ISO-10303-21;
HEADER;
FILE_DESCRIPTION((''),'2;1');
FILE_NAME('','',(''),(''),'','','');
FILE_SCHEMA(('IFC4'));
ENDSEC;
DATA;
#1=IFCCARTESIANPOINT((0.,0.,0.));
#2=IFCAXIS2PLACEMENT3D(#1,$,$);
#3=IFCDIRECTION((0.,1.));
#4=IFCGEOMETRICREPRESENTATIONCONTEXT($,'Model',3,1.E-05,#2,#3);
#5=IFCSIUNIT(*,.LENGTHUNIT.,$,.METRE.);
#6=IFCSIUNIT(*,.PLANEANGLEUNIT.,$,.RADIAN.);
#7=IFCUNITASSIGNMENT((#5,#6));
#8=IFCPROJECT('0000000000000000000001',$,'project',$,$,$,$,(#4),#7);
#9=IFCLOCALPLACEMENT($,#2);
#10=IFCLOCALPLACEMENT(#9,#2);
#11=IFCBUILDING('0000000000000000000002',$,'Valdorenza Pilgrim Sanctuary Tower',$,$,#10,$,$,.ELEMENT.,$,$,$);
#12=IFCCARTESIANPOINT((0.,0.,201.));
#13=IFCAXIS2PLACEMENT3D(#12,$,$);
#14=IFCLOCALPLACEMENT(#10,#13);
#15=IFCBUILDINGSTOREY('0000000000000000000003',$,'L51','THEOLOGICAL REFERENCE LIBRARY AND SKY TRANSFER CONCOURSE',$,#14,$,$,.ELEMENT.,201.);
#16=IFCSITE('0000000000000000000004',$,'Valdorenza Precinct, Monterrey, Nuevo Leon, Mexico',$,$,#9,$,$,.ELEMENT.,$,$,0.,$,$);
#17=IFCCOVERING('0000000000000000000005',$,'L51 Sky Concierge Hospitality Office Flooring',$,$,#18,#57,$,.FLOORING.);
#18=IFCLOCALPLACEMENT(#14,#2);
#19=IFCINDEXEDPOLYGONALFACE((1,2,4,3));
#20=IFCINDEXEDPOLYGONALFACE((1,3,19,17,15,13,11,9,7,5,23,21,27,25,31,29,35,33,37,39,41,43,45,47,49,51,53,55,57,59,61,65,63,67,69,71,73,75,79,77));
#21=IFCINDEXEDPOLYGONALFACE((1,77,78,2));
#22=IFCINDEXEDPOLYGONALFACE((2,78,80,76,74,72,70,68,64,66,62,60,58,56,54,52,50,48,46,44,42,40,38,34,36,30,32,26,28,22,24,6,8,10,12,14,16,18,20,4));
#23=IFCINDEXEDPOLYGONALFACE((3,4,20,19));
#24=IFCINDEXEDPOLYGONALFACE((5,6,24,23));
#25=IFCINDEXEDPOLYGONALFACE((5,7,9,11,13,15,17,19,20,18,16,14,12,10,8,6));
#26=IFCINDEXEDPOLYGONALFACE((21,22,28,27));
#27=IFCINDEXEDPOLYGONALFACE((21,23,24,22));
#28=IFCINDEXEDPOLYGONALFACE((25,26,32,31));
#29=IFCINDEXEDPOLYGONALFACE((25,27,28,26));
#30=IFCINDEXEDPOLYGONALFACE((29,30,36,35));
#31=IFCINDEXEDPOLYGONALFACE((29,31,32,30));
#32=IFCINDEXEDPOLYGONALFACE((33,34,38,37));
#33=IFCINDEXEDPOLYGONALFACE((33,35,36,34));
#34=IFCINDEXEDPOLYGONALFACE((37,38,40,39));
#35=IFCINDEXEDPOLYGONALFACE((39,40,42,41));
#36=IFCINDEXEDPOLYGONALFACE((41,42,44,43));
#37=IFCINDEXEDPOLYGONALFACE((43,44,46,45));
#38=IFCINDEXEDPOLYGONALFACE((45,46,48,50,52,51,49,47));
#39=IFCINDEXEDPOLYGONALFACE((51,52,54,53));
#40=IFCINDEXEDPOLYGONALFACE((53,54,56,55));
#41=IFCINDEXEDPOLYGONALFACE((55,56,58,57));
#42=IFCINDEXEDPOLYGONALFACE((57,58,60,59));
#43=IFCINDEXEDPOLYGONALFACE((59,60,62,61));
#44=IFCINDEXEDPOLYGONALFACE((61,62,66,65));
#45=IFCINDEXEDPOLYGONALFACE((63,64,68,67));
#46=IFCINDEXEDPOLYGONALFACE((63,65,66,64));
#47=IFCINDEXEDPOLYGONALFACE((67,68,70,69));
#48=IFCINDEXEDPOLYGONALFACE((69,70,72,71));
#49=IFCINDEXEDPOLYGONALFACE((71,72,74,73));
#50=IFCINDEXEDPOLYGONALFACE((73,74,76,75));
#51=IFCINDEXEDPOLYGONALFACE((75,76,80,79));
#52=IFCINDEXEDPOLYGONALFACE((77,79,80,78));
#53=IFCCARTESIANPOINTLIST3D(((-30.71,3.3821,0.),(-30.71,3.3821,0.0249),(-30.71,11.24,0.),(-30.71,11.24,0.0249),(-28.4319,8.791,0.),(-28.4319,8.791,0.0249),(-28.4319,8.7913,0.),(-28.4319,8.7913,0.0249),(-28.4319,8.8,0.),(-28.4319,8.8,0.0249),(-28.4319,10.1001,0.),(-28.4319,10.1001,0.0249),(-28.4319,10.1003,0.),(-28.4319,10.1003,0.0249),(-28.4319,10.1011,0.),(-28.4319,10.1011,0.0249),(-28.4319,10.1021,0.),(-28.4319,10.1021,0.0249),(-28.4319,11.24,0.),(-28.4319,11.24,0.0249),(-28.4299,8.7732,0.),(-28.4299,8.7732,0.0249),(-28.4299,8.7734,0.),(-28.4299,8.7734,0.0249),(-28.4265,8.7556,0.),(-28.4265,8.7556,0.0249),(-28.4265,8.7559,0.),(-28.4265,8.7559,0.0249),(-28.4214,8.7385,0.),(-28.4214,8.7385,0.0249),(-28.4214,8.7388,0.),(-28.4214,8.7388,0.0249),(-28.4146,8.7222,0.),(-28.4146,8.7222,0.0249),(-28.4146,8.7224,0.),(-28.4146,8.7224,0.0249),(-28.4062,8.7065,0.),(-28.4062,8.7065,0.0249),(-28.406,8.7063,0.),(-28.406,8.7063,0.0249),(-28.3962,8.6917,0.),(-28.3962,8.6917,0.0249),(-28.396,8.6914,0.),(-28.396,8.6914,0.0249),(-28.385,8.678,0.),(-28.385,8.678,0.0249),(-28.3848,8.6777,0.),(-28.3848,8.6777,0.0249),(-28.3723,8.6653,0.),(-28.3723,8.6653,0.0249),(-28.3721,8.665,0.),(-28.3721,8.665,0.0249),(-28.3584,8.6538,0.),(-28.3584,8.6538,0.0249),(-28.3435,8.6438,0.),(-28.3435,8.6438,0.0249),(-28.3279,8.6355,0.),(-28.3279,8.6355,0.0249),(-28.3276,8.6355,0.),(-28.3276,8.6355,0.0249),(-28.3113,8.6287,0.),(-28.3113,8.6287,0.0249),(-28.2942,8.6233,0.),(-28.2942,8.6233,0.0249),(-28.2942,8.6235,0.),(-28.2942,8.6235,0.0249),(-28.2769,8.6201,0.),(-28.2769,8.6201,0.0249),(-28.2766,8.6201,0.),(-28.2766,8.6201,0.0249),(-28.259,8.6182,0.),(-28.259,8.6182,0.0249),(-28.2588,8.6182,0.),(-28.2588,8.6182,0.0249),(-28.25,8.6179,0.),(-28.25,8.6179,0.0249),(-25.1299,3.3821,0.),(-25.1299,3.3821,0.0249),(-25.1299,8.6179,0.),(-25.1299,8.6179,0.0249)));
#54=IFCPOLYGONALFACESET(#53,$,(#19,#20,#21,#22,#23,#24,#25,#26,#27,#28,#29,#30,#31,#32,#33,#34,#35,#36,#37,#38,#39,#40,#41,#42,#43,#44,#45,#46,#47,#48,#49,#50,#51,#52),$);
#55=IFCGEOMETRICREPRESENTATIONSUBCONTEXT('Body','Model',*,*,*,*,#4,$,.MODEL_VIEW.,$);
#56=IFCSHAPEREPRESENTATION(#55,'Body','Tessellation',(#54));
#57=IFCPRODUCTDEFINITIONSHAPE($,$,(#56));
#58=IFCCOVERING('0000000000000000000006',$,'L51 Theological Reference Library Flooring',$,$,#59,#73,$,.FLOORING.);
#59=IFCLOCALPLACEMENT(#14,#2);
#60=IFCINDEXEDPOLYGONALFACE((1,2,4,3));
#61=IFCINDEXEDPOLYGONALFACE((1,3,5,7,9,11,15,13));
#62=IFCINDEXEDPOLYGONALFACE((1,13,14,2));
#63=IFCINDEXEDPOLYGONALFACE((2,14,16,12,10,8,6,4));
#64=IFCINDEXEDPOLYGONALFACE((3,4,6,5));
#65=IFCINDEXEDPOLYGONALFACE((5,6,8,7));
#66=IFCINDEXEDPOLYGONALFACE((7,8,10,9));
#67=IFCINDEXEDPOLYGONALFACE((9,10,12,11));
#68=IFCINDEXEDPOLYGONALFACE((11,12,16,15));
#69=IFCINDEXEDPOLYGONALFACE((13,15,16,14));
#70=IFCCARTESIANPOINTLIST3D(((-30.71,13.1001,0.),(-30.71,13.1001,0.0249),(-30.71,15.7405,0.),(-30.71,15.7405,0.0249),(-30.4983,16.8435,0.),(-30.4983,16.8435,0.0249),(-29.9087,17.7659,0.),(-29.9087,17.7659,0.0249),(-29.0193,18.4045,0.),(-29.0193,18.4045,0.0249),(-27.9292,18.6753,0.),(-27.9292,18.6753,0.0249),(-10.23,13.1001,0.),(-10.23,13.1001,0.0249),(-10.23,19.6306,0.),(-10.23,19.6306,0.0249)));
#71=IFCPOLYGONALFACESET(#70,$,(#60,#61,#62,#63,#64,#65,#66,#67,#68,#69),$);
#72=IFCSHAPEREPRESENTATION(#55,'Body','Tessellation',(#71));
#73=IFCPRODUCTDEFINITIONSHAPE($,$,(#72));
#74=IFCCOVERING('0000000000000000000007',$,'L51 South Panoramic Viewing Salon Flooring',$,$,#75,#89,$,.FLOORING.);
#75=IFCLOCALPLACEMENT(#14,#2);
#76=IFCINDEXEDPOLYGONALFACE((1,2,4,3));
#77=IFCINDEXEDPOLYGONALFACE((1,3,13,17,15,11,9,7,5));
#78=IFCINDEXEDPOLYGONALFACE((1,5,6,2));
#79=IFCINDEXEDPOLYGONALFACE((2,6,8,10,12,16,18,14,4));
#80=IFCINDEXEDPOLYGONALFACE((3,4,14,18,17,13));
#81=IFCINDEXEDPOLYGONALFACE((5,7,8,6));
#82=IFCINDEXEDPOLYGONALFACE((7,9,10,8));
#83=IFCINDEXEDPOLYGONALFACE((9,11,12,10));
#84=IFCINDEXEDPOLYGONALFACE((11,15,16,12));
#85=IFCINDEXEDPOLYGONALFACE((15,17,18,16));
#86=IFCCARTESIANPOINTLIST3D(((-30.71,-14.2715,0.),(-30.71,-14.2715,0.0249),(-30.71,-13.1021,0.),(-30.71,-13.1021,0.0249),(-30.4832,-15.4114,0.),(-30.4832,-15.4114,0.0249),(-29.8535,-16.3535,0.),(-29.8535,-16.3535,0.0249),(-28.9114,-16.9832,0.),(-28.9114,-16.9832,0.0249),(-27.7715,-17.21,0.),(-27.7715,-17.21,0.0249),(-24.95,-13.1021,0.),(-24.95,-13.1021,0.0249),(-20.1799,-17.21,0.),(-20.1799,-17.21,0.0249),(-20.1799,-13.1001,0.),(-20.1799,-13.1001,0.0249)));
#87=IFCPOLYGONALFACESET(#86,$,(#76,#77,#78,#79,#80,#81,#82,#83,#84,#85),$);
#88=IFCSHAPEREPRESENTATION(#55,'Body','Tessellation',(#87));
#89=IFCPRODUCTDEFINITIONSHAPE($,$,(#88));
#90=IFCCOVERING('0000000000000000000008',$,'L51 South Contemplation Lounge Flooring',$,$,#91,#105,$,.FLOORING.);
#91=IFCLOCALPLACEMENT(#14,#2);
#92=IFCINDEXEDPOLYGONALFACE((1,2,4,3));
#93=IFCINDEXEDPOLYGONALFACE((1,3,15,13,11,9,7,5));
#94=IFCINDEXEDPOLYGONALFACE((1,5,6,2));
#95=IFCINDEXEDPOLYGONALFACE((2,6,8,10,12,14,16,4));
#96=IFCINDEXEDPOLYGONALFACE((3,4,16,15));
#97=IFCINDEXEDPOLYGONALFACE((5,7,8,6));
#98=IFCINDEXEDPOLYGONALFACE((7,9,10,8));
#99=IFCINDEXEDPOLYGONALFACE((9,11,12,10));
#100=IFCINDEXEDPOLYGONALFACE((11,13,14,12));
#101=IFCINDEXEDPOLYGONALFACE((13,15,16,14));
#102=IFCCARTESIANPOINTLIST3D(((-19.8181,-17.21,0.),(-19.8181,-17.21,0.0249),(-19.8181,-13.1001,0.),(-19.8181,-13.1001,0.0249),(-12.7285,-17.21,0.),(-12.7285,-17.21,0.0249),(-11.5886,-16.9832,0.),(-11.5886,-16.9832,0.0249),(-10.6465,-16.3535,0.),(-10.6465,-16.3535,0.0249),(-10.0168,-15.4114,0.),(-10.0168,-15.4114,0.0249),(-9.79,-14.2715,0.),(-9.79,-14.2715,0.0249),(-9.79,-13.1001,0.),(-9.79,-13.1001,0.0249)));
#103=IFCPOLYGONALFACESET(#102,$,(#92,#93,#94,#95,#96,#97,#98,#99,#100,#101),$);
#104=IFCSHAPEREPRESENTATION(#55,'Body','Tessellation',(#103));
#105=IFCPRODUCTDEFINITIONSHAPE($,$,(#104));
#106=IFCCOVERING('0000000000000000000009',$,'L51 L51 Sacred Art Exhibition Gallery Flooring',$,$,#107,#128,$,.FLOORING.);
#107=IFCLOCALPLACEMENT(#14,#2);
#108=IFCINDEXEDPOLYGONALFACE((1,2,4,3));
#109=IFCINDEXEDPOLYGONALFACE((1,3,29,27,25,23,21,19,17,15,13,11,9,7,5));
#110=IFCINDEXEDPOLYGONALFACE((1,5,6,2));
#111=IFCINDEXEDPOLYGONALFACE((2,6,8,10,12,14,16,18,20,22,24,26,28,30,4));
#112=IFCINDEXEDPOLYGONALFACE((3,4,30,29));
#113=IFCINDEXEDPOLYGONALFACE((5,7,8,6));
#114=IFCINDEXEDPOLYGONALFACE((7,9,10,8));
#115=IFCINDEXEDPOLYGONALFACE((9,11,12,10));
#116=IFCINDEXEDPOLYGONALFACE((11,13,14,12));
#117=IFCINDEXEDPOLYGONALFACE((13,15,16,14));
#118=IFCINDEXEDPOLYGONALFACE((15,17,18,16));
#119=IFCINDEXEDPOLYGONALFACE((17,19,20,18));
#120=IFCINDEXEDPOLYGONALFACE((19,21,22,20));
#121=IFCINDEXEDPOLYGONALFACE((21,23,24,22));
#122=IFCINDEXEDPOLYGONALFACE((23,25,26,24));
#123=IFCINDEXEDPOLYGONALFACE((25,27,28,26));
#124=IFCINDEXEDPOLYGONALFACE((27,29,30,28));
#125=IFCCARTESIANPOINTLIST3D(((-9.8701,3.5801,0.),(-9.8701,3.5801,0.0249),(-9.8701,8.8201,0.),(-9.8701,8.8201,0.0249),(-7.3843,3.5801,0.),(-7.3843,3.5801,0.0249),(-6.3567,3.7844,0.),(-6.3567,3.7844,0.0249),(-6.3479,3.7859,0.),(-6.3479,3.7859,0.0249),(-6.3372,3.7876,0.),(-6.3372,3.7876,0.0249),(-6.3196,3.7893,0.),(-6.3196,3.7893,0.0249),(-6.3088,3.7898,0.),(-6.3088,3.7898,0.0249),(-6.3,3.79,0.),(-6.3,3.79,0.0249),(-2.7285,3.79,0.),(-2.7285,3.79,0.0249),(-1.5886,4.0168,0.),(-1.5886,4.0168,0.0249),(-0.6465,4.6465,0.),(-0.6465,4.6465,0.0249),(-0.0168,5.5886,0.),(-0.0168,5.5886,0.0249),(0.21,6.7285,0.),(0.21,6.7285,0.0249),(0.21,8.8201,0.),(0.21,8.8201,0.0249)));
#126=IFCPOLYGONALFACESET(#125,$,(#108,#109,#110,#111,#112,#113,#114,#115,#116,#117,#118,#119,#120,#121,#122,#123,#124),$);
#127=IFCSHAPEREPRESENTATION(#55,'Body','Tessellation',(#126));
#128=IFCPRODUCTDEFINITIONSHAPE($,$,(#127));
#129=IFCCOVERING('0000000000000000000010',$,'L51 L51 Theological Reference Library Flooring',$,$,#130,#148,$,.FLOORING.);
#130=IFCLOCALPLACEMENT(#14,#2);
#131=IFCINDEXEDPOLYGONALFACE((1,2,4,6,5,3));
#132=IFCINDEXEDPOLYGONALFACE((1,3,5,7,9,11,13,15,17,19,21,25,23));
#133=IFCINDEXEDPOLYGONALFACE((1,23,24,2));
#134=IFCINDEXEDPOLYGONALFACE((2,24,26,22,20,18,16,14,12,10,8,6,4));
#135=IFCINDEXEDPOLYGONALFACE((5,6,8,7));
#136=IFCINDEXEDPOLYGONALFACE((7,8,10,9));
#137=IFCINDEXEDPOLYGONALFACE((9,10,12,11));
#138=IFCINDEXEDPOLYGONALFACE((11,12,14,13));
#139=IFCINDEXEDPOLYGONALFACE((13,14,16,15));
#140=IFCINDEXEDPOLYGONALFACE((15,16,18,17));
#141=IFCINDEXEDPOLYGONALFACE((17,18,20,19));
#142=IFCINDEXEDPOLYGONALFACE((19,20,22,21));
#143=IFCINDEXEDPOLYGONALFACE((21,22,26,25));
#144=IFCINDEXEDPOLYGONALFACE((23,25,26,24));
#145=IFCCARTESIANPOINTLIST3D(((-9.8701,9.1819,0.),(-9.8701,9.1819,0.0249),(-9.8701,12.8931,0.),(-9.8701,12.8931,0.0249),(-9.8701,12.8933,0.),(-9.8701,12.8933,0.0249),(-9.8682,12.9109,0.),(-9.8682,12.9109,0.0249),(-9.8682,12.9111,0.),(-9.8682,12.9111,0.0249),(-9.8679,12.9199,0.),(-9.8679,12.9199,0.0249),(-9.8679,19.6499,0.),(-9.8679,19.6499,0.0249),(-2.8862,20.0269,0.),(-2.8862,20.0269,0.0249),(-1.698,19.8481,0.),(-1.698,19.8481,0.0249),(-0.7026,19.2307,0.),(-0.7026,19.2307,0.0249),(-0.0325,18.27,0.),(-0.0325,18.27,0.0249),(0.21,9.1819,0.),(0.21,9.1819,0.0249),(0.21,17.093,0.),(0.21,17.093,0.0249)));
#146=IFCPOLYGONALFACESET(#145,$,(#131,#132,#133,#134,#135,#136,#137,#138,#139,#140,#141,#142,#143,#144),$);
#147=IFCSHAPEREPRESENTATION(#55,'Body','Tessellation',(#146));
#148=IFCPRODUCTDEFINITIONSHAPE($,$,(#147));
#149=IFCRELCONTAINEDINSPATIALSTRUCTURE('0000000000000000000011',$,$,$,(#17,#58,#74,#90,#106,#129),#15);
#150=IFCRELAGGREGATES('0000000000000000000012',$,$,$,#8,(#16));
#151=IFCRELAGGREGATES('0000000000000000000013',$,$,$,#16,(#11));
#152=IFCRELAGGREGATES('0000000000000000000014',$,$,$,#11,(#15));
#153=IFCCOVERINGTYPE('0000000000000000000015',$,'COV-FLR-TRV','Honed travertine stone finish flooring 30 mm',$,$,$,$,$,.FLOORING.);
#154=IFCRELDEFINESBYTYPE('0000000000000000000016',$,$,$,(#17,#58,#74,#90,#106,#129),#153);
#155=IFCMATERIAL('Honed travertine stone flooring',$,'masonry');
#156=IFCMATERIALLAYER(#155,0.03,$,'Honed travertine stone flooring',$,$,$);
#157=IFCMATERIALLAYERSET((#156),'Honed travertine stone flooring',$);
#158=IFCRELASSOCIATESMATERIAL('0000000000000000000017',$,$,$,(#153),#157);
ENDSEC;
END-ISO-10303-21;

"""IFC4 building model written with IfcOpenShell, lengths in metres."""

from ifc_helpers import new_model, si_unit, direction, frame, origin, place, context, subcontext, project, spatial, polyline, outline, extrude, material, layer, layer_set, type_object, element, save


model = new_model("IFC4")

# Units and contexts
model_context = context("Model", 3, precision=1e-05, world=origin(), true_north=direction((0.0, 1.0)))
body_context = subcontext(model_context, "Body", "Model", "MODEL_VIEW")
ifc_project = project(units=[si_unit("LENGTHUNIT", "METRE"), si_unit("PLANEANGLEUNIT", "RADIAN")], contexts=[model_context])

# Site, building, storey
site_placement = place(None, origin())
site = spatial("IfcSite", under=ifc_project, at=site_placement, Name="Valdorenza Precinct, Monterrey, Nuevo Leon, Mexico", CompositionType="ELEMENT", RefElevation=0.0)
building_placement = place(site_placement, origin())
building = spatial("IfcBuilding", under=site, at=building_placement, Name="Valdorenza Pilgrim Sanctuary Tower", CompositionType="ELEMENT")
storey_placement = place(building_placement, frame((0.0, 0.0, 201.0)))
storey = spatial("IfcBuildingStorey", under=building, at=storey_placement, Name="L51", Description="THEOLOGICAL REFERENCE LIBRARY AND SKY TRANSFER CONCOURSE", CompositionType="ELEMENT", Elevation=201.0)

# Coverings
ifc_material_1 = material(Name="Honed travertine stone flooring", Category="masonry")
ifc_layer_1 = layer(ifc_material_1, 0.03, Name="Honed travertine stone flooring")
ifc_layer_set_1 = layer_set([ifc_layer_1], Name="Honed travertine stone flooring")
covering_type_1 = type_object("IfcCoveringType", Name="COV-FLR-TRV", Description="Honed travertine stone finish flooring 30 mm", PredefinedType="FLOORING", material=ifc_layer_set_1)
covering_1_placement = place(storey_placement, origin())
element("IfcCovering", 1, at=covering_1_placement, inside=storey, type_object=covering_type_1, Name="L51 Sky Concierge Hospitality Office Flooring", PredefinedType="FLOORING", context=body_context, shape_type="SweptSolid", body=[
    extrude(outline(polyline([(-28.4319, 11.24), (-28.4319, 10.1021), (-28.4319, 10.1011), (-28.4319, 10.1003), (-28.4319, 10.1001), (-28.4319, 8.8), (-28.4319, 8.7913), (-28.4319, 8.791), (-28.4299, 8.7734), (-28.4299, 8.7732), (-28.4265, 8.7559), (-28.4265, 8.7556), (-28.4214, 8.7388), (-28.4214, 8.7385), (-28.4146, 8.7224), (-28.4146, 8.7222), (-28.4062, 8.7065), (-28.406, 8.7063), (-28.3962, 8.6917), (-28.396, 8.6914), (-28.385, 8.678), (-28.3848, 8.6777), (-28.3723, 8.6653), (-28.3721, 8.665), (-28.3584, 8.6538), (-28.3584, 8.6538), (-28.3435, 8.6438), (-28.3435, 8.6438), (-28.3279, 8.6355), (-28.3276, 8.6355), (-28.3113, 8.6287), (-28.3113, 8.6287), (-28.2942, 8.6235), (-28.2942, 8.6233), (-28.2769, 8.6201), (-28.2766, 8.6201), (-28.259, 8.6182), (-28.2588, 8.6182), (-28.25, 8.6179), (-25.1299, 8.6179), (-25.1299, 3.3821), (-30.71, 3.3821), (-30.71, 11.24), (-28.4319, 11.24)])), origin(), (0.0, 0.0, 1.0), 0.0249),
])
covering_2_placement = place(storey_placement, origin())
element("IfcCovering", 2, at=covering_2_placement, inside=storey, type_object=covering_type_1, Name="L51 Theological Reference Library Flooring", PredefinedType="FLOORING", context=body_context, shape_type="SweptSolid", body=[
    extrude(outline(polyline([(-30.71, 13.1001), (-30.71, 15.7405), (-30.4983, 16.8435), (-29.9087, 17.7659), (-29.0193, 18.4045), (-27.9292, 18.6753), (-10.23, 19.6306), (-10.23, 13.1001), (-30.71, 13.1001)])), origin(), (0.0, 0.0, 1.0), 0.0249),
])
covering_3_placement = place(storey_placement, origin())
element("IfcCovering", 3, at=covering_3_placement, inside=storey, type_object=covering_type_1, Name="L51 South Panoramic Viewing Salon Flooring", PredefinedType="FLOORING", context=body_context, shape_type="SweptSolid", body=[
    extrude(outline(polyline([(-20.1799, -17.21), (-27.7715, -17.21), (-28.9114, -16.9832), (-29.8535, -16.3535), (-30.4832, -15.4114), (-30.71, -14.2715), (-30.71, -13.1021), (-24.95, -13.1021), (-20.1799, -13.1001), (-20.1799, -17.21)])), origin(), (0.0, 0.0, 1.0), 0.0249),
])
covering_4_placement = place(storey_placement, origin())
element("IfcCovering", 4, at=covering_4_placement, inside=storey, type_object=covering_type_1, Name="L51 South Contemplation Lounge Flooring", PredefinedType="FLOORING", context=body_context, shape_type="SweptSolid", body=[
    extrude(outline(polyline([(-9.79, -13.1001), (-9.79, -14.2715), (-10.0168, -15.4114), (-10.6465, -16.3535), (-11.5886, -16.9832), (-12.7285, -17.21), (-19.8181, -17.21), (-19.8181, -13.1001), (-9.79, -13.1001)])), origin(), (0.0, 0.0, 1.0), 0.0249),
])
covering_5_placement = place(storey_placement, origin())
element("IfcCovering", 5, at=covering_5_placement, inside=storey, type_object=covering_type_1, Name="L51 L51 Sacred Art Exhibition Gallery Flooring", PredefinedType="FLOORING", context=body_context, shape_type="SweptSolid", body=[
    extrude(outline(polyline([(-9.8701, 8.8201), (0.21, 8.8201), (0.21, 6.7285), (-0.0168, 5.5886), (-0.6465, 4.6465), (-1.5886, 4.0168), (-2.7285, 3.79), (-6.3, 3.79), (-6.3088, 3.7898), (-6.3196, 3.7893), (-6.3372, 3.7876), (-6.3479, 3.7859), (-6.3567, 3.7844), (-7.3843, 3.5801), (-9.8701, 3.5801), (-9.8701, 8.8201)])), origin(), (0.0, 0.0, 1.0), 0.0249),
])
covering_6_placement = place(storey_placement, origin())
element("IfcCovering", 6, at=covering_6_placement, inside=storey, type_object=covering_type_1, Name="L51 L51 Theological Reference Library Flooring", PredefinedType="FLOORING", context=body_context, shape_type="SweptSolid", body=[
    extrude(outline(polyline([(-9.8701, 12.8931), (-9.8701, 12.8933), (-9.8701, 12.8933), (-9.8682, 12.9109), (-9.8682, 12.9111), (-9.8679, 12.9199), (-9.8679, 19.6499), (-2.8862, 20.0269), (-1.698, 19.8481), (-0.7026, 19.2307), (-0.0325, 18.27), (0.21, 17.093), (0.21, 9.1819), (-9.8701, 9.1819), (-9.8701, 12.8931)])), origin(), (0.0, 0.0, 1.0), 0.0249),
])

save(model, "model.ifc")
